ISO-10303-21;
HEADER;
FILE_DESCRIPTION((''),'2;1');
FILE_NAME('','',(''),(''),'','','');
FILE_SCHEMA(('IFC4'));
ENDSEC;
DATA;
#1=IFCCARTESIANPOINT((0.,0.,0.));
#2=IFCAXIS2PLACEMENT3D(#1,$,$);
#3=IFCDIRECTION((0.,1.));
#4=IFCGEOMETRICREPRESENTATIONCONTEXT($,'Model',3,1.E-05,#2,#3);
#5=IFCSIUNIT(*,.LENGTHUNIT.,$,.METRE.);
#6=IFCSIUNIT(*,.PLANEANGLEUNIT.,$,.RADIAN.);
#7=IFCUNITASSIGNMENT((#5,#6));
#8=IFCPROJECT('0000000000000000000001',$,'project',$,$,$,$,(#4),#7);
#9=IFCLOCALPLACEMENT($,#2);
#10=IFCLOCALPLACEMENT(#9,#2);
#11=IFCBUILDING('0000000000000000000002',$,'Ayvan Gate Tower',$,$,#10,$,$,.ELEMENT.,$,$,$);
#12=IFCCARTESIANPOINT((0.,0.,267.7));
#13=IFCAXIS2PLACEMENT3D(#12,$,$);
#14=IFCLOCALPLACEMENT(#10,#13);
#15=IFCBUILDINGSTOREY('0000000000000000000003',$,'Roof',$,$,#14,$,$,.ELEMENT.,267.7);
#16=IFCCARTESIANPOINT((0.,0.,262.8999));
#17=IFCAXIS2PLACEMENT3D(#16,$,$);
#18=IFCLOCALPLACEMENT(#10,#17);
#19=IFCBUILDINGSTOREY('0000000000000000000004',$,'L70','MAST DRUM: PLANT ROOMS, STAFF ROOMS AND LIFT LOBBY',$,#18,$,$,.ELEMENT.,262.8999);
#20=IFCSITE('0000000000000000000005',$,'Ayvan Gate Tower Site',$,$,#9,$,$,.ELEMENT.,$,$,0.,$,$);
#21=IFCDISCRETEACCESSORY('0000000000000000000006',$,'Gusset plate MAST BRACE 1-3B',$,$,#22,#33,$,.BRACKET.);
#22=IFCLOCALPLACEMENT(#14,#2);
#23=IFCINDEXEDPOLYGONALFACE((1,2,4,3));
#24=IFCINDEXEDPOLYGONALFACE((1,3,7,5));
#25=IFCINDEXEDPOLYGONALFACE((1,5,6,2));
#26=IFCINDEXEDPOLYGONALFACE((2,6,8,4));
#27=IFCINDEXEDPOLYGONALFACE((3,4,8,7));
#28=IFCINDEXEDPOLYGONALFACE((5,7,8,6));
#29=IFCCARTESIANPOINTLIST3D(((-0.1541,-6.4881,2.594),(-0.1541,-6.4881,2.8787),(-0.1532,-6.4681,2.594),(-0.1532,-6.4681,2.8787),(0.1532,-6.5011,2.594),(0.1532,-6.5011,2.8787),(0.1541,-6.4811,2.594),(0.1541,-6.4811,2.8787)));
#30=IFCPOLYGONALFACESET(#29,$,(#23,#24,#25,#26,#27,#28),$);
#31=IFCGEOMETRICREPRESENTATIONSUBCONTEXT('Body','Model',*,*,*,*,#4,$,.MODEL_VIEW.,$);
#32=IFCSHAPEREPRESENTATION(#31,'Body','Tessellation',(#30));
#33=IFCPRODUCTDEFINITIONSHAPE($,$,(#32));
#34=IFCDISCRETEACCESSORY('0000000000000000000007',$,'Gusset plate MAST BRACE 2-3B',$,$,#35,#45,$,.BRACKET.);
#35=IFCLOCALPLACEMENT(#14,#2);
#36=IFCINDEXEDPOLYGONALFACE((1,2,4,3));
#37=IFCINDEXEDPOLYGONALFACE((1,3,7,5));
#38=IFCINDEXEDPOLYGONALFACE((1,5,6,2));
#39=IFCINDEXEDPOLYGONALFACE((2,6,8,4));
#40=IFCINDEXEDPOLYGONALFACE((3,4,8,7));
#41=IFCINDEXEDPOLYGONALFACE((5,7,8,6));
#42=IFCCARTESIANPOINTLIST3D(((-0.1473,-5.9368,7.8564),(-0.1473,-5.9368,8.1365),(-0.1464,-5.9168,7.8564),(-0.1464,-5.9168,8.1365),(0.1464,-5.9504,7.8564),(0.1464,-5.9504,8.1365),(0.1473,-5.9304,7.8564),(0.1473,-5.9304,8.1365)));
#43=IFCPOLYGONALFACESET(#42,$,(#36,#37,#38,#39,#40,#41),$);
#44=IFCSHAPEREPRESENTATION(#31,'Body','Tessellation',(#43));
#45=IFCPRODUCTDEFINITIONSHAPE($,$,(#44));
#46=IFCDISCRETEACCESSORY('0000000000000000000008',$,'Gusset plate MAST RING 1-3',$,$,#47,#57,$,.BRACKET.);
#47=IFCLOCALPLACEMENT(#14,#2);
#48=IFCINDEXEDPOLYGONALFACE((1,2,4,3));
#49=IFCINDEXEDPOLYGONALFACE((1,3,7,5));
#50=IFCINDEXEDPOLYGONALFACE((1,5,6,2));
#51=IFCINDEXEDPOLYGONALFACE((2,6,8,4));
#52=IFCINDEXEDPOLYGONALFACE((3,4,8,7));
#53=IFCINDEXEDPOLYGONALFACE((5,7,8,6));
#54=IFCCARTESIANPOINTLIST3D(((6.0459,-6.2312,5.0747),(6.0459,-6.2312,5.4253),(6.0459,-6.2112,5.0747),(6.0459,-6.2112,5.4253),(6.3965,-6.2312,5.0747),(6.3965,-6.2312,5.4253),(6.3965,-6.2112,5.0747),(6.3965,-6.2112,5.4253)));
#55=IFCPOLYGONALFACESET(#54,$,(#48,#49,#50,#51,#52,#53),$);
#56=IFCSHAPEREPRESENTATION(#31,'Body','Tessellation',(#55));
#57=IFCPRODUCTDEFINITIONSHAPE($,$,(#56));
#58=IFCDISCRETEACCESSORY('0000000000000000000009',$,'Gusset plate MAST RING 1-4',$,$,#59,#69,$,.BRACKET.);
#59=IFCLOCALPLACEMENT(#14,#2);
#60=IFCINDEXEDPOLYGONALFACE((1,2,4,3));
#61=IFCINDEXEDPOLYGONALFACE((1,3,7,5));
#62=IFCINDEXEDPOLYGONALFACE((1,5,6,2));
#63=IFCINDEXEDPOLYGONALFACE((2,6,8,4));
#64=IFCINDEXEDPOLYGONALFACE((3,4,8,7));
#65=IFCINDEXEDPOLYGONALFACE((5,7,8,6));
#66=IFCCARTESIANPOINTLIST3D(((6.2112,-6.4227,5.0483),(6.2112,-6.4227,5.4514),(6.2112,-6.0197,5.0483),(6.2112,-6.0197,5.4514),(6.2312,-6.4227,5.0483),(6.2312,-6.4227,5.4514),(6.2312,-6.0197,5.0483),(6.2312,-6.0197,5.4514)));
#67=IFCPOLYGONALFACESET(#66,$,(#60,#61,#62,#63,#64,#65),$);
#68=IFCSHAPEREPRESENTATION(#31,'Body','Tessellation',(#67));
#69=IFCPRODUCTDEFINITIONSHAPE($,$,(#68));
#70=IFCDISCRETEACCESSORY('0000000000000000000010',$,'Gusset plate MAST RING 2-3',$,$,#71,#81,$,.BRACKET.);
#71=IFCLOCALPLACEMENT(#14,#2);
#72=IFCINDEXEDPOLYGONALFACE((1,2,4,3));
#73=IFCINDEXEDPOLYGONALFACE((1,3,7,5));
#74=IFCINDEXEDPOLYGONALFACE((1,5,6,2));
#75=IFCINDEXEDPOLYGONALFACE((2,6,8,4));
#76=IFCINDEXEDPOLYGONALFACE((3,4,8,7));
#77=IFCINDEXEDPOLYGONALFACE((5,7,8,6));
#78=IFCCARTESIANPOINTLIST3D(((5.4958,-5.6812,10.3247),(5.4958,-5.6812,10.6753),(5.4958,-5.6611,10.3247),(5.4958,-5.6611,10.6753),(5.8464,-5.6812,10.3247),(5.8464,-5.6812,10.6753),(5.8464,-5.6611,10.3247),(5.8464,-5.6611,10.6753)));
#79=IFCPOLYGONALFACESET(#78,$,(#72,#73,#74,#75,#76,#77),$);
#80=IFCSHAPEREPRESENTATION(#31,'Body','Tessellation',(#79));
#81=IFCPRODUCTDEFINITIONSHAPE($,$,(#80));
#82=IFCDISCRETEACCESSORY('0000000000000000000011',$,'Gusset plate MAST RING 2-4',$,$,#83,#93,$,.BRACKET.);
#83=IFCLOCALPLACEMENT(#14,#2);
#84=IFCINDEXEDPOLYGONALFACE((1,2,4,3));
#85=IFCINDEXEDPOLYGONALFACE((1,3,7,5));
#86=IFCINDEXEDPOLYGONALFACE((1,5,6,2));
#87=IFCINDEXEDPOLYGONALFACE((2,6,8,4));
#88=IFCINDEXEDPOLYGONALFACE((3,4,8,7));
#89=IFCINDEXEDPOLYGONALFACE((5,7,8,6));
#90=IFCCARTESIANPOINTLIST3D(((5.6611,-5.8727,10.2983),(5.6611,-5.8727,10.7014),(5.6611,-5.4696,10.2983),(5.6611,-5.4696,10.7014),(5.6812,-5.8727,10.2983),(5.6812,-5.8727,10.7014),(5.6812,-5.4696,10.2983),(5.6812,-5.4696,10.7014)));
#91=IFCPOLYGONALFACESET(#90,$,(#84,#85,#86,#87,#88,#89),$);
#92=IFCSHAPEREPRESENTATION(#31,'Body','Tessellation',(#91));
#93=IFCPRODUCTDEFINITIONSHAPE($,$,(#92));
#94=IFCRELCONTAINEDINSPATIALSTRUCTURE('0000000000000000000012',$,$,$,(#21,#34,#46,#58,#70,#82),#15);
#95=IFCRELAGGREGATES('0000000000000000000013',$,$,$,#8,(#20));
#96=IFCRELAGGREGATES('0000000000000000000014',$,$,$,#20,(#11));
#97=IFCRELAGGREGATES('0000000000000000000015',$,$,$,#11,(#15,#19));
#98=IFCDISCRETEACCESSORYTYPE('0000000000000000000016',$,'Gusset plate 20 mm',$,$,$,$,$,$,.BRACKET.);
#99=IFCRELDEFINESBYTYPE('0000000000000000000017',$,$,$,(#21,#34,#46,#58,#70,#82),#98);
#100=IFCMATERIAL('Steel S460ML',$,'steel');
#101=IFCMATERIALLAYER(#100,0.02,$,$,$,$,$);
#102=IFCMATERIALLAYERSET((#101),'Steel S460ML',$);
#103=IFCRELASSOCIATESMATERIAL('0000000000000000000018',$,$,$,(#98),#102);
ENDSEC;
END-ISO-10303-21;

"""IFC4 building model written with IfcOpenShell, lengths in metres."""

from ifc_helpers import new_model, si_unit, direction, frame, origin, origin_2d, place, context, subcontext, project, spatial, rectangle, extrude, material, layer, layer_set, type_object, element, save


model = new_model("IFC4")

# Units and contexts
model_context = context("Model", 3, precision=1e-05, world=origin(), true_north=direction((0.0, 1.0)))
body_context = subcontext(model_context, "Body", "Model", "MODEL_VIEW")
ifc_project = project(units=[si_unit("LENGTHUNIT", "METRE"), si_unit("PLANEANGLEUNIT", "RADIAN")], contexts=[model_context])

# Site, building, storey
site_placement = place(None, origin())
site = spatial("IfcSite", under=ifc_project, at=site_placement, Name="Ayvan Gate Tower Site", CompositionType="ELEMENT", RefElevation=0.0)
building_placement = place(site_placement, origin())
building = spatial("IfcBuilding", under=site, at=building_placement, Name="Ayvan Gate Tower", CompositionType="ELEMENT")
storey_1_placement = place(building_placement, frame((0.0, 0.0, 267.7)))
storey_1 = spatial("IfcBuildingStorey", under=building, at=storey_1_placement, Name="Roof", CompositionType="ELEMENT", Elevation=267.7)

# Shared definitions
storey_2_placement = place(building_placement, frame((0.0, 0.0, 262.8999)))
storey_2 = spatial("IfcBuildingStorey", under=building, at=storey_2_placement, Name="L70", Description="MAST DRUM: PLANT ROOMS, STAFF ROOMS AND LIFT LOBBY", CompositionType="ELEMENT", Elevation=262.8999)

# Discrete accessories
ifc_material_1 = material(Name="Steel S460ML", Category="steel")
ifc_layer_1 = layer(ifc_material_1, 0.02)
ifc_layer_set_1 = layer_set([ifc_layer_1], Name="Steel S460ML")
discrete_accessory_type = type_object("IfcDiscreteAccessoryType", Name="Gusset plate 20 mm", PredefinedType="BRACKET", material=ifc_layer_set_1)
discrete_accessory_1_placement = place(storey_1_placement, frame((0.0, -6.4846, 2.594), z_axis=(0.0, 0.0, 1.0), x_axis=(-0.999105, 0.042308, 0.0)))
element("IfcDiscreteAccessory", 1, at=discrete_accessory_1_placement, inside=storey_1, type_object=discrete_accessory_type, Name="Gusset plate MAST BRACE 1-3B", PredefinedType="BRACKET", context=body_context, shape_type="SweptSolid", body=[
    extrude(rectangle(XDim=0.3076, YDim=0.02, at=origin_2d()), origin(), (0.0, 0.0, 1.0), 0.2847),
])
discrete_accessory_2_placement = place(storey_1_placement, frame((0.0, -5.9336, 7.8564), z_axis=(0.0, 0.0, 1.0), x_axis=(-0.998932, 0.046214, 0.0)))
element("IfcDiscreteAccessory", 2, at=discrete_accessory_2_placement, inside=storey_1, type_object=discrete_accessory_type, Name="Gusset plate MAST BRACE 2-3B", PredefinedType="BRACKET", context=body_context, shape_type="SweptSolid", body=[
    extrude(rectangle(XDim=0.2939, YDim=0.02, at=origin_2d()), origin(), (0.0, 0.0, 1.0), 0.28),
])
discrete_accessory_3_placement = place(storey_1_placement, frame((6.2212, -6.2212, 5.0747), z_axis=(0.0, 0.0, 1.0), x_axis=(1.0, 0.0, 0.0)))
element("IfcDiscreteAccessory", 3, at=discrete_accessory_3_placement, inside=storey_1, type_object=discrete_accessory_type, Name="Gusset plate MAST RING 1-3", PredefinedType="BRACKET", context=body_context, shape_type="SweptSolid", body=[
    extrude(rectangle(XDim=0.3506, YDim=0.02, at=origin_2d()), origin(), (0.0, 0.0, 1.0), 0.3506),
])
discrete_accessory_4_placement = place(storey_1_placement, frame((6.2212, -6.2212, 5.0483), z_axis=(0.0, 0.0, 1.0), x_axis=(0.0, 1.0, 0.0)))
element("IfcDiscreteAccessory", 4, at=discrete_accessory_4_placement, inside=storey_1, type_object=discrete_accessory_type, Name="Gusset plate MAST RING 1-4", PredefinedType="BRACKET", context=body_context, shape_type="SweptSolid", body=[
    extrude(rectangle(XDim=0.4031, YDim=0.02, at=origin_2d()), origin(), (0.0, 0.0, 1.0), 0.4031),
])
discrete_accessory_5_placement = place(storey_1_placement, frame((5.6711, -5.6711, 10.3247), z_axis=(0.0, 0.0, 1.0), x_axis=(1.0, 0.0, 0.0)))
element("IfcDiscreteAccessory", 5, at=discrete_accessory_5_placement, inside=storey_1, type_object=discrete_accessory_type, Name="Gusset plate MAST RING 2-3", PredefinedType="BRACKET", context=body_context, shape_type="SweptSolid", body=[
    extrude(rectangle(XDim=0.3506, YDim=0.02, at=origin_2d()), origin(), (0.0, 0.0, 1.0), 0.3506),
])
discrete_accessory_6_placement = place(storey_1_placement, frame((5.6711, -5.6711, 10.2983), z_axis=(0.0, 0.0, 1.0), x_axis=(0.0, 1.0, 0.0)))
element("IfcDiscreteAccessory", 6, at=discrete_accessory_6_placement, inside=storey_1, type_object=discrete_accessory_type, Name="Gusset plate MAST RING 2-4", PredefinedType="BRACKET", context=body_context, shape_type="SweptSolid", body=[
    extrude(rectangle(XDim=0.4031, YDim=0.02, at=origin_2d()), origin(), (0.0, 0.0, 1.0), 0.4031),
])

save(model, "model.ifc")
